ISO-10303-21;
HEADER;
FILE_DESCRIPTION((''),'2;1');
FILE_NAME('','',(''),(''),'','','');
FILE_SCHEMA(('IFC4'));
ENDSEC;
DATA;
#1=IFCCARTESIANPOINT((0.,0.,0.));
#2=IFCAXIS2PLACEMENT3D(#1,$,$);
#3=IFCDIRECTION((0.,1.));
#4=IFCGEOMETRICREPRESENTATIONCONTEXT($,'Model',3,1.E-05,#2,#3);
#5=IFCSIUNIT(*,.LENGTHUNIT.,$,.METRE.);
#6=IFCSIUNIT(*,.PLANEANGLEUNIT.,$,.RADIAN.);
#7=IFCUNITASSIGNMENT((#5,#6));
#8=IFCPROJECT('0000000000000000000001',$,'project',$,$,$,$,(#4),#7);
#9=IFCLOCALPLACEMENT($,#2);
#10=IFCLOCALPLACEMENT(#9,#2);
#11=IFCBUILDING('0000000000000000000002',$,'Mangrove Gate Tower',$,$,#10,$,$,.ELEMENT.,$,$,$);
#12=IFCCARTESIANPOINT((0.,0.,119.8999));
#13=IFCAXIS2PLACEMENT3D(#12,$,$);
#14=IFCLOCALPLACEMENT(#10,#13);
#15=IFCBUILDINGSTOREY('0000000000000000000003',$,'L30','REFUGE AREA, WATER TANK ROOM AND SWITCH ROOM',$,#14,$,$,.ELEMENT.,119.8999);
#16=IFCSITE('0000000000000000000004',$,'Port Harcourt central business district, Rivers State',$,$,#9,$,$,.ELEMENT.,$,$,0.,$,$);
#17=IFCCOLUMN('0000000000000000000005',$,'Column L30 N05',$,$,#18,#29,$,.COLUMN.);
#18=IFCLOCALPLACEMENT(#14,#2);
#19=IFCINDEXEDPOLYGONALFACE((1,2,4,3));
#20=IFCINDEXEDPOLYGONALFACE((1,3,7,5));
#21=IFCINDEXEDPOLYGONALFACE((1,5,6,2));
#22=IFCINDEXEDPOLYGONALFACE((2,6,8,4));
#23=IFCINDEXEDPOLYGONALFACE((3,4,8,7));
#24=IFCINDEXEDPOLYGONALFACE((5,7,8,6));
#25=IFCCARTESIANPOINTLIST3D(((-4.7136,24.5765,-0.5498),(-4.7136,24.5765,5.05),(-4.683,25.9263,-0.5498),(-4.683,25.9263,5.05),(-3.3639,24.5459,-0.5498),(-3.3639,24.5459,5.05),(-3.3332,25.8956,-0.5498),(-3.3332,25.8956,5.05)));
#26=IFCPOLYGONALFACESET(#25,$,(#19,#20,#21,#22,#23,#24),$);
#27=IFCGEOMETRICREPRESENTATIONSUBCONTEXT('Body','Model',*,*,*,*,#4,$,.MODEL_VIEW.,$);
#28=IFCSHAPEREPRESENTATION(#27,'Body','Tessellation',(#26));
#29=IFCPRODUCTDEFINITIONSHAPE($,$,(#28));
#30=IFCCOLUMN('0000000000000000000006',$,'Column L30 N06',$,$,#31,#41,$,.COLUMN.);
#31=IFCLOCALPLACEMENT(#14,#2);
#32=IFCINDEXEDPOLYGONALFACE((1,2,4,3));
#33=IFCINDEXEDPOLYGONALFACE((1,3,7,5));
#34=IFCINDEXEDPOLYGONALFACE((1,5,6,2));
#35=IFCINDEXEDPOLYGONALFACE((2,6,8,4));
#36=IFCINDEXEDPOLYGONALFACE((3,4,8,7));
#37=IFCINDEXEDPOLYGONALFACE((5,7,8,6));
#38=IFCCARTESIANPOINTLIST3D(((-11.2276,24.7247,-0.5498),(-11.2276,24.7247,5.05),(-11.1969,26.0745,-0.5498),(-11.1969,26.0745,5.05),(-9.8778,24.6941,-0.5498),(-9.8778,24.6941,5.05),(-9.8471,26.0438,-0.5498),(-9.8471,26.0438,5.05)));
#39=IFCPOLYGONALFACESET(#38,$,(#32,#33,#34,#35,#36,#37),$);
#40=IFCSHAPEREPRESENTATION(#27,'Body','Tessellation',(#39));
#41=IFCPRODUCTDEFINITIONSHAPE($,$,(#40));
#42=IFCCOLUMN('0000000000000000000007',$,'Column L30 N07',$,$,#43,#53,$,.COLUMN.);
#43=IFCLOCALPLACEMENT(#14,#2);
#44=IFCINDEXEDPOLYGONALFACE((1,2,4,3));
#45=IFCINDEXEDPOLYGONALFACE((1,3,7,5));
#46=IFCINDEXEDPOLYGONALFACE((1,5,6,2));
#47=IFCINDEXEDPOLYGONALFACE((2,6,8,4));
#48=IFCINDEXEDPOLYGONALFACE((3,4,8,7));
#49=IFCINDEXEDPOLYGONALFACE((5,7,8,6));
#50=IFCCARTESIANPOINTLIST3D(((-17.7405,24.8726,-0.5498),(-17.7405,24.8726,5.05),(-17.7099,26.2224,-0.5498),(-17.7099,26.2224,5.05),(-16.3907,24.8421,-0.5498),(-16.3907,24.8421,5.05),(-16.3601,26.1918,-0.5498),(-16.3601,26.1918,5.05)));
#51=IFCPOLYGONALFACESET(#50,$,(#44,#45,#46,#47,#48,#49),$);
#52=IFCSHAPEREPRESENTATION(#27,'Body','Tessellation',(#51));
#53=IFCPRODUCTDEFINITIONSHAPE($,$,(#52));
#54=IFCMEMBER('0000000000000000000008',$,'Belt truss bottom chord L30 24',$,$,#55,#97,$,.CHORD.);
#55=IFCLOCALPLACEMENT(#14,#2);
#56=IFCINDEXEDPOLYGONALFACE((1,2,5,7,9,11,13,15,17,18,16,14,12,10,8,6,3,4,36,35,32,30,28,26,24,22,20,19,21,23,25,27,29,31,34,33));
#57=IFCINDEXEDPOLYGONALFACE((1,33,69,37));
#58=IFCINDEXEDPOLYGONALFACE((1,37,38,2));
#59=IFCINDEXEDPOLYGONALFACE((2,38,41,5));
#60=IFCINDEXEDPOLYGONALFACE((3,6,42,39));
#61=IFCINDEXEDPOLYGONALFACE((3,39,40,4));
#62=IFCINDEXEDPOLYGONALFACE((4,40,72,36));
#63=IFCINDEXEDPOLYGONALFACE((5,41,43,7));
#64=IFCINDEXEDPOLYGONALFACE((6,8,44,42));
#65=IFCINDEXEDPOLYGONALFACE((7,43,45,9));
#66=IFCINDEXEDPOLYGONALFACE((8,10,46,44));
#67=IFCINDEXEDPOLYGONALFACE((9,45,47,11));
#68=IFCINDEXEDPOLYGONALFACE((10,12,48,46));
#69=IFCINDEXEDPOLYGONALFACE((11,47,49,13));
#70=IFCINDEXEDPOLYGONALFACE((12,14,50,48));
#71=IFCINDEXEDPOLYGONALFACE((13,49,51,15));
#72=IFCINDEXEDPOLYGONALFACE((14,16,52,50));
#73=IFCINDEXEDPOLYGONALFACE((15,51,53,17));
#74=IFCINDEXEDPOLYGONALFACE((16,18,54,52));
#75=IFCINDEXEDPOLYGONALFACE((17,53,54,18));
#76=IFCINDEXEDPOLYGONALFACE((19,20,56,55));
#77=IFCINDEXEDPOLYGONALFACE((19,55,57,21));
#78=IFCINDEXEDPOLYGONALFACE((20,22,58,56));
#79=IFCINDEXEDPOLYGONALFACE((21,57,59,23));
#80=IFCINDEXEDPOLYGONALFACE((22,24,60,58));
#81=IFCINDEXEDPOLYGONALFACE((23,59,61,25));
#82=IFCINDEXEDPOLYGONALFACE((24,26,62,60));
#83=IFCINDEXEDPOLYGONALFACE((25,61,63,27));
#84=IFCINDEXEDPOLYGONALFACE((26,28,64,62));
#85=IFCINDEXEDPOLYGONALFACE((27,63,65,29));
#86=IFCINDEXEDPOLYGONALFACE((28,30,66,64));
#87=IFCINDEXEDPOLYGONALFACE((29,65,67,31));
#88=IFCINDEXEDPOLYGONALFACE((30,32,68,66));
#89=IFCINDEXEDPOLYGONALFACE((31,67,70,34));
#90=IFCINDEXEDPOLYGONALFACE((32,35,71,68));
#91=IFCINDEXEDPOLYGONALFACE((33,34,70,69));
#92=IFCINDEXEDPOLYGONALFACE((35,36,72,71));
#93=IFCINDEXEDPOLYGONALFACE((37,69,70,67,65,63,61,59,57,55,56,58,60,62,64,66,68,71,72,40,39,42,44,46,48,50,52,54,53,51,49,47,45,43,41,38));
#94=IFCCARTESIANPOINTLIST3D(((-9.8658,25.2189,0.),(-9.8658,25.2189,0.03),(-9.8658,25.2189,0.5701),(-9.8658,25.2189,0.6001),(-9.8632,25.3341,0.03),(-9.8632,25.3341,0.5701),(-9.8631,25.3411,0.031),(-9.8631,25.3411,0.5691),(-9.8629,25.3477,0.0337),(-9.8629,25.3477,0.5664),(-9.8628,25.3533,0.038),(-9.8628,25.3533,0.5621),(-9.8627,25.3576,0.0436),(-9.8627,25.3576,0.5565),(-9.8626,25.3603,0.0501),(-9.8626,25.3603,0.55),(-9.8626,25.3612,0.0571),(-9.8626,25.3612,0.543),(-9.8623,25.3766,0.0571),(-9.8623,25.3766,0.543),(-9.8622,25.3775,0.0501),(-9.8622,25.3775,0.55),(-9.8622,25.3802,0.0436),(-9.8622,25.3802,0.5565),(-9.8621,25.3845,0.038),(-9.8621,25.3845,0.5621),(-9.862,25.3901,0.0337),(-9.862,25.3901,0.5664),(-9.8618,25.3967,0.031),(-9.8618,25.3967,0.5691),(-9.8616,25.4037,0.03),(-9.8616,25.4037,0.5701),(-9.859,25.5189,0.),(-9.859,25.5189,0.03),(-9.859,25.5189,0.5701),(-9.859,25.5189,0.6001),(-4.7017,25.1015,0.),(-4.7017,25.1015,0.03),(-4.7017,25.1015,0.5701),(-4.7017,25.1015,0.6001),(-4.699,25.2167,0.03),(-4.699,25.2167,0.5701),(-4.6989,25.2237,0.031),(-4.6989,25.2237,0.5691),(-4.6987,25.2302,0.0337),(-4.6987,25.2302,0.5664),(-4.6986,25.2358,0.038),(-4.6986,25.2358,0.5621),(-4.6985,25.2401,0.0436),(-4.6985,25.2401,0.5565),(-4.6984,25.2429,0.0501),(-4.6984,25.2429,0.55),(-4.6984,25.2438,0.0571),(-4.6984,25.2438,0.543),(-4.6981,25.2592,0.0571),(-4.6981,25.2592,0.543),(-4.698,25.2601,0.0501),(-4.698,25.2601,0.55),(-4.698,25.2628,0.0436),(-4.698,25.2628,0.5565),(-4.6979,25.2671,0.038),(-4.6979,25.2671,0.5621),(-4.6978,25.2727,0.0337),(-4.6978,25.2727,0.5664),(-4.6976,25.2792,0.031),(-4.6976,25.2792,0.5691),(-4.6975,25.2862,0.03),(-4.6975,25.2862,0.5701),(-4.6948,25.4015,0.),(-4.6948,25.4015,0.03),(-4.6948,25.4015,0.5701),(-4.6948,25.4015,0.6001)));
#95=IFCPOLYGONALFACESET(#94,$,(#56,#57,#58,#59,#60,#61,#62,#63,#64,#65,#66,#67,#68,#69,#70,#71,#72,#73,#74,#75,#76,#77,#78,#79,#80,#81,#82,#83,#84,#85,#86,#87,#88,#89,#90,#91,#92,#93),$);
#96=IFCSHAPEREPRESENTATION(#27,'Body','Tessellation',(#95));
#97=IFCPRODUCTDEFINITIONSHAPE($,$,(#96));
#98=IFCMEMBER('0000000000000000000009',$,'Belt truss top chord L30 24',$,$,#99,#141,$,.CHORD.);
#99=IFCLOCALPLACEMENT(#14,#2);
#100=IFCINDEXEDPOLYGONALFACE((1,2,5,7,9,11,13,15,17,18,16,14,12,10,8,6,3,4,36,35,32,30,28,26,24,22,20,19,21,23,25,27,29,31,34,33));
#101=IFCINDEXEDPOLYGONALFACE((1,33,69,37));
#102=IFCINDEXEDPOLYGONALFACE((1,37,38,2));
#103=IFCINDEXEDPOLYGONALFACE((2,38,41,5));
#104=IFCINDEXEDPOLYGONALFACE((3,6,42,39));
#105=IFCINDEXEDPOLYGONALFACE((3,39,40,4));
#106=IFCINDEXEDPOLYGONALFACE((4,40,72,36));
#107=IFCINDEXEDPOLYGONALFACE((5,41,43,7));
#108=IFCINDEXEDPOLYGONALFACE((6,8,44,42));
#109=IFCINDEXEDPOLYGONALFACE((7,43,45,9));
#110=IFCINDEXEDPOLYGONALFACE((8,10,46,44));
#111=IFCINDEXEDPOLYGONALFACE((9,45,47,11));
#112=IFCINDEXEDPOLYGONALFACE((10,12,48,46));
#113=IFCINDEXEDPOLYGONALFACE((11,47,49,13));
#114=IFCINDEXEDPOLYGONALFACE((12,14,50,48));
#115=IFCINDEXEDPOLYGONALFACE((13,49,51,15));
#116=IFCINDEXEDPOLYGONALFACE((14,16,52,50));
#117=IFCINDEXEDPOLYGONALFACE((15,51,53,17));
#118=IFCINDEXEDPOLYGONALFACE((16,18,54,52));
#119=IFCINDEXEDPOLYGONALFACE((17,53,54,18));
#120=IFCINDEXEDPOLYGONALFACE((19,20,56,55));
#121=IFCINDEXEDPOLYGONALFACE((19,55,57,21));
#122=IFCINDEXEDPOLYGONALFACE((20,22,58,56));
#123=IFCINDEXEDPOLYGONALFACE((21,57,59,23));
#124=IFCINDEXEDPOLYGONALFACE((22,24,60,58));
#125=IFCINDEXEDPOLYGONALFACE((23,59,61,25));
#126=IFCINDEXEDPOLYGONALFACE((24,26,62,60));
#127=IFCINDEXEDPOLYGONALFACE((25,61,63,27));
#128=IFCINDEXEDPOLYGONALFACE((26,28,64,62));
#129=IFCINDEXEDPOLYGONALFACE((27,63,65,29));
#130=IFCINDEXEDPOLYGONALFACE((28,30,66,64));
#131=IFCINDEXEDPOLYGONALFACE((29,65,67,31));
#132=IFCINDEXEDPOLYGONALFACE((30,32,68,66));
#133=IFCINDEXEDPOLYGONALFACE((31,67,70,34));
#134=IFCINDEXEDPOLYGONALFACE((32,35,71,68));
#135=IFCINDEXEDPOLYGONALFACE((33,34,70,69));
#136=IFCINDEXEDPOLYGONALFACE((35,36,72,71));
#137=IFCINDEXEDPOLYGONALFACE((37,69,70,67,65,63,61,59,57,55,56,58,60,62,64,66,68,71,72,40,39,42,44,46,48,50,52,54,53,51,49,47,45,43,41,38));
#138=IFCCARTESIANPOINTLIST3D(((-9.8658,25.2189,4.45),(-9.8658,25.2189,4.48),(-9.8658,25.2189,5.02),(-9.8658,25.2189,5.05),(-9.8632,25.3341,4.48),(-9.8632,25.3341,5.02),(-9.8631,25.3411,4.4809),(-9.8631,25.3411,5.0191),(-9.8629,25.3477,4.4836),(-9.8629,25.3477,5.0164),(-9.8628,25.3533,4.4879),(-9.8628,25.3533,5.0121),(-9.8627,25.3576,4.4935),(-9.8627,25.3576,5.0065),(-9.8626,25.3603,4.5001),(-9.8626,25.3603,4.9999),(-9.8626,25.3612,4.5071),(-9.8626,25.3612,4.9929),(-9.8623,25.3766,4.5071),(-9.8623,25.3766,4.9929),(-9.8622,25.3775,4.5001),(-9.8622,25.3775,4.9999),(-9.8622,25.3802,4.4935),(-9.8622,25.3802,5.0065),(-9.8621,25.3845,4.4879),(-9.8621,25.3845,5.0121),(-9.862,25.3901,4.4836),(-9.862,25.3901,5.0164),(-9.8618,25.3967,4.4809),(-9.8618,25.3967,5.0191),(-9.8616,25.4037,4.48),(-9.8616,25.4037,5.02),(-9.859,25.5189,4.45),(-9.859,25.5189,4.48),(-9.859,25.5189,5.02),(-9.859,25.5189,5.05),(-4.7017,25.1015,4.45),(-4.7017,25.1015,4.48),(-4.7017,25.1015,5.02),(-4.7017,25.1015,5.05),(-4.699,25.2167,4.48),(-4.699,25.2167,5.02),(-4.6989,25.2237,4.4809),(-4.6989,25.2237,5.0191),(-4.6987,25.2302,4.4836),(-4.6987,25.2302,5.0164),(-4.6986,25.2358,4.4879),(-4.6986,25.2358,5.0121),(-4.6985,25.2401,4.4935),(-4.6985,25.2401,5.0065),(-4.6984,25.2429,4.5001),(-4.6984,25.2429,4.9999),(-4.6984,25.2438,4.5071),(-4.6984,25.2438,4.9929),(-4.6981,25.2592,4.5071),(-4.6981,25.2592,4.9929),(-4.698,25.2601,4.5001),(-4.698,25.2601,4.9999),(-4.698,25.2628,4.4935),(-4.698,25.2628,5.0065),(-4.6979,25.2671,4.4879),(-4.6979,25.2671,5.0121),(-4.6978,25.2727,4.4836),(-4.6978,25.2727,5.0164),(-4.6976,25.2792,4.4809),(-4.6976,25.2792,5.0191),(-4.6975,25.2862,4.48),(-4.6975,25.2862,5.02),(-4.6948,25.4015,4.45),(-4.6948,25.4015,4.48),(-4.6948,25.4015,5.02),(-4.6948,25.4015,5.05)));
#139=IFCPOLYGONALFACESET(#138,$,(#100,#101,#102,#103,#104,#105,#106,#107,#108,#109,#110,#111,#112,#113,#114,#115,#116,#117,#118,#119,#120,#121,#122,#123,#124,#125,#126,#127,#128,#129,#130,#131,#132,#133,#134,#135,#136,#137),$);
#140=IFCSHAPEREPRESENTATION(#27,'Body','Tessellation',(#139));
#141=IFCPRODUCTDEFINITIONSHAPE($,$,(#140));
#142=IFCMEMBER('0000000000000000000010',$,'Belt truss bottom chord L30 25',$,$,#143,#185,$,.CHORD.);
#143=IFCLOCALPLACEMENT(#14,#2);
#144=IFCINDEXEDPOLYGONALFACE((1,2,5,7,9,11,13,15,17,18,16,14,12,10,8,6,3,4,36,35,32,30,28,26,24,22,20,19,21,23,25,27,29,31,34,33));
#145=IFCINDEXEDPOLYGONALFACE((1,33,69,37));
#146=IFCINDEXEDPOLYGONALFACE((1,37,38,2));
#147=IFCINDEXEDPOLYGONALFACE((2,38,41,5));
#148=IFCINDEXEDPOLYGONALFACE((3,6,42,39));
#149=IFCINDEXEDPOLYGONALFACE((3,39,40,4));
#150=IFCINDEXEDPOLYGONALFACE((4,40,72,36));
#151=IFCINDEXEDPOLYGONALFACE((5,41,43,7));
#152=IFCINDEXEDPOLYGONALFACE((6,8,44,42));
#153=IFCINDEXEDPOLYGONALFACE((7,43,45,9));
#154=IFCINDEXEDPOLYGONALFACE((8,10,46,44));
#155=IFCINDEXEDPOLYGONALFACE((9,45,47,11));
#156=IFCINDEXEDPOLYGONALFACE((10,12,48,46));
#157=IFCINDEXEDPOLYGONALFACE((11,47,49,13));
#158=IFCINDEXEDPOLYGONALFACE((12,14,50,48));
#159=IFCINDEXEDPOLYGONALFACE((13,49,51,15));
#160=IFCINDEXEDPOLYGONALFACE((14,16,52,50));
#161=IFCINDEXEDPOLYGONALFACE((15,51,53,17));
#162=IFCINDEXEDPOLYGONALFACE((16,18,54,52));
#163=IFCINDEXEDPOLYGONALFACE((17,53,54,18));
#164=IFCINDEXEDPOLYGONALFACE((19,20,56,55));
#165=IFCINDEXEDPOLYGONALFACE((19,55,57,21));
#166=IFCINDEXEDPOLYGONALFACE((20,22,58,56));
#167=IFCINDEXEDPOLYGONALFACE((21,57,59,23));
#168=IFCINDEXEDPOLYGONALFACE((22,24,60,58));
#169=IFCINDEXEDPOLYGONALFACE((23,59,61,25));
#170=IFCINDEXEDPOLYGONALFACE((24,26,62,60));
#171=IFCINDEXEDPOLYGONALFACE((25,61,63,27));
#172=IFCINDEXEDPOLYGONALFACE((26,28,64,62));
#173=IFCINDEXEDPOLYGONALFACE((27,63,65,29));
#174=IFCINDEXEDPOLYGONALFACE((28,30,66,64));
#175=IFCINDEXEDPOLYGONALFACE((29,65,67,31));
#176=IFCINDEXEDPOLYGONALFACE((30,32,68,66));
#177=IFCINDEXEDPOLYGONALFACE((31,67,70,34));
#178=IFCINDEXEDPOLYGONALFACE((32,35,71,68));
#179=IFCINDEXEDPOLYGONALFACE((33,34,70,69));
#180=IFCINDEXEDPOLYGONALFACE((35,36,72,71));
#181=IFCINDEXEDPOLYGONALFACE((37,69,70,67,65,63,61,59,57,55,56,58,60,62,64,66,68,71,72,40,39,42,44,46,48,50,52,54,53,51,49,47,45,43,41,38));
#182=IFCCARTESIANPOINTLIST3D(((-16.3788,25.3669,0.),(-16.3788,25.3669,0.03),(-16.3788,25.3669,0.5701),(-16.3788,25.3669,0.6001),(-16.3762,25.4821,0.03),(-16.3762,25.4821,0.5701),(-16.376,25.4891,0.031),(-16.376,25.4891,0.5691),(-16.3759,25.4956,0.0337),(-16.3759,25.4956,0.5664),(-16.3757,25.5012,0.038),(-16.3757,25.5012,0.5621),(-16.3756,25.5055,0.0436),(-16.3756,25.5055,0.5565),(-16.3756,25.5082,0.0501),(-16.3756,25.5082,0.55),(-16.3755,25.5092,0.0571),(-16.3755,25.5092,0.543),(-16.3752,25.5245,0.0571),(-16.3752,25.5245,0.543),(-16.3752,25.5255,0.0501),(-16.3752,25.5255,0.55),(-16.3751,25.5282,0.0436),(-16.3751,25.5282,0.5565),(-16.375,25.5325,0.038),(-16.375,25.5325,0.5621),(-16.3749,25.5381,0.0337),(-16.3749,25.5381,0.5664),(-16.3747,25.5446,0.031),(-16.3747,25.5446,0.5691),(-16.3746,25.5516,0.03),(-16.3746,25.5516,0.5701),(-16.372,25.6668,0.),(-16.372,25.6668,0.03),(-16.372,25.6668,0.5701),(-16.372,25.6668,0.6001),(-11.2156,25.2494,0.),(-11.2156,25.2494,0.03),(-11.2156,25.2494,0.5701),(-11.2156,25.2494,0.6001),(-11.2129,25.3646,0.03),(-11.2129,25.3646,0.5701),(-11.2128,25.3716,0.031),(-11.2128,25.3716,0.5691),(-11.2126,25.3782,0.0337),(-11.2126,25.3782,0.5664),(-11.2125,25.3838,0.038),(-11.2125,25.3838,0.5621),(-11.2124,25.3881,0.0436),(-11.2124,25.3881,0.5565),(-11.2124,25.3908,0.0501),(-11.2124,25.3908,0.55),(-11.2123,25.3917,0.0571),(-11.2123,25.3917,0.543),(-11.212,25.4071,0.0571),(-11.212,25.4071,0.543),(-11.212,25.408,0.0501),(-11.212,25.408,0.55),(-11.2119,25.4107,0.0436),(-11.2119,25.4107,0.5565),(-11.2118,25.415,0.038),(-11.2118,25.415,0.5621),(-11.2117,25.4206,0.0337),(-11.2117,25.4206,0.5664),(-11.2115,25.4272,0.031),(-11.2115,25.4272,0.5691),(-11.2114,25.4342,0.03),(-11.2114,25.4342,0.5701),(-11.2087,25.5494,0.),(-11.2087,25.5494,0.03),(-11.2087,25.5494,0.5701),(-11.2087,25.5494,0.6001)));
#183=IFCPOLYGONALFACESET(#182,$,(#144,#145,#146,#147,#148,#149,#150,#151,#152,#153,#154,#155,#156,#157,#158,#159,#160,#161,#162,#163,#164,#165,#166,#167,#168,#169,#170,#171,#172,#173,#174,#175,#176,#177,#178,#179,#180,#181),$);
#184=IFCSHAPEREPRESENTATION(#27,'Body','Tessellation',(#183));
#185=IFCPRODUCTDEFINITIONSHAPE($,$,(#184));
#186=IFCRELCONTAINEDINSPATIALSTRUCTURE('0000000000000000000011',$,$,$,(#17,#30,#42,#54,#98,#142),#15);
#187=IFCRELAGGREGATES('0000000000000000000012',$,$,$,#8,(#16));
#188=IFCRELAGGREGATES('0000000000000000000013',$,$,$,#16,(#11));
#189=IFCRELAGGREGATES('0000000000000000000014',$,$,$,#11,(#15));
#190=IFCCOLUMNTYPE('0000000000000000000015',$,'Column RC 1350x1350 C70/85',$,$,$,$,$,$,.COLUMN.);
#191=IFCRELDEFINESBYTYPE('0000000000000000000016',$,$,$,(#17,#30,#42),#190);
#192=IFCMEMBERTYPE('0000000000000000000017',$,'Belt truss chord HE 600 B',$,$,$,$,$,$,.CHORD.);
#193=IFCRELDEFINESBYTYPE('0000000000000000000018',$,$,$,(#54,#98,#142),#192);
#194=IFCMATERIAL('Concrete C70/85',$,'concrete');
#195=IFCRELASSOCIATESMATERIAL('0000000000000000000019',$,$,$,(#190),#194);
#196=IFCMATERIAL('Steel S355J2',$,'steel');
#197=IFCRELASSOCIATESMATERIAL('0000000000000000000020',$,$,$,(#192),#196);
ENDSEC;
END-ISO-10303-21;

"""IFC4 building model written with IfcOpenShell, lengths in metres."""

from ifc_helpers import new_model, si_unit, direction, frame, origin, origin_2d, place, context, subcontext, project, spatial, rectangle, i_section, extrude, material, material_profile, profile_set, type_object, element, save


model = new_model("IFC4")

# Units and contexts
model_context = context("Model", 3, precision=1e-05, world=origin(), true_north=direction((0.0, 1.0)))
body_context = subcontext(model_context, "Body", "Model", "MODEL_VIEW")
ifc_project = project(units=[si_unit("LENGTHUNIT", "METRE"), si_unit("PLANEANGLEUNIT", "RADIAN")], contexts=[model_context])

# Site, building, storey
site_placement = place(None, origin())
site = spatial("IfcSite", under=ifc_project, at=site_placement, Name="Port Harcourt central business district, Rivers State", CompositionType="ELEMENT", RefElevation=0.0)
building_placement = place(site_placement, origin())
building = spatial("IfcBuilding", under=site, at=building_placement, Name="Mangrove Gate Tower", CompositionType="ELEMENT")
storey_placement = place(building_placement, frame((0.0, 0.0, 119.8999)))
storey = spatial("IfcBuildingStorey", under=building, at=storey_placement, Name="L30", Description="REFUGE AREA, WATER TANK ROOM AND SWITCH ROOM", CompositionType="ELEMENT", Elevation=119.8999)

# Columns
ifc_material_1 = material(Name="Concrete C70/85", Category="concrete")
ifc_material_profile_1 = material_profile(ifc_material_1, rectangle(XDim=1.3501, YDim=1.3501, at=origin_2d()))
ifc_profile_set_1 = profile_set([ifc_material_profile_1], Name="Concrete C70/85")
column_type = type_object("IfcColumnType", Name="Column RC 1350x1350 C70/85", PredefinedType="COLUMN", material=ifc_profile_set_1)
for number, where, z_axis, x_axis, name in (
    (1, (-4.0234, 25.2361, -0.5498), (0.0, 0.0, 1.0), (-0.999742, 0.022714, 0.0), "Column L30 N05"),
    (2, (-10.5374, 25.3843, -0.5498), (0.0, 0.0, 1.0), (-0.999742, 0.022716, 0.0), "Column L30 N06"),
    (3, (-17.0503, 25.5322, -0.5498), (0.0, 0.0, 1.0), (-0.999744, 0.022639, 0.0), "Column L30 N07"),
):
    element("IfcColumn", number, at=place(storey_placement, frame(where, z_axis=z_axis, x_axis=x_axis)), inside=storey, type_object=column_type, Name=name, PredefinedType="COLUMN", context=body_context, shape_type="SweptSolid", body=[
        extrude(rectangle(XDim=1.3501, YDim=1.3501, at=origin_2d()), origin(), (0.0, 0.0, 1.0), 5.5999),
    ])

# Members
ifc_material_2 = material(Name="Steel S355J2", Category="steel")
ifc_material_profile_2 = material_profile(ifc_material_2, i_section(OverallWidth=0.3, OverallDepth=0.6001, WebThickness=0.0154, FlangeThickness=0.03, FilletRadius=0.0271, at=origin_2d()))
ifc_profile_set_2 = profile_set([ifc_material_profile_2], Name="Steel S355J2")
member_type_1 = type_object("IfcMemberType", Name="Belt truss chord HE 600 B", PredefinedType="CHORD", material=ifc_profile_set_2)
for number, where, z_axis, x_axis, name in (
    (4, (-4.6982, 25.2515, 0.3), (-0.999742, 0.022733, 0.0), (-0.022733, -0.999742, 0.0), "Belt truss bottom chord L30 24"),
    (5, (-4.6982, 25.2515, 4.75), (-0.999742, 0.022733, 0.0), (-0.022733, -0.999742, 0.0), "Belt truss top chord L30 24"),
):
    element("IfcMember", number, at=place(storey_placement, frame(where, z_axis=z_axis, x_axis=x_axis)), inside=storey, type_object=member_type_1, Name=name, PredefinedType="CHORD", context=body_context, shape_type="SweptSolid", body=[
        extrude(i_section(OverallWidth=0.3, OverallDepth=0.6001, WebThickness=0.0154, FlangeThickness=0.03, FilletRadius=0.0271, at=origin_2d()), origin(), (0.0, 0.0, 1.0), 5.1655),
    ])
for number, where, z_axis, x_axis, name in (
    (6, (-11.2122, 25.3994, 0.3), (-0.999741, 0.022738, 0.0), (-0.022738, -0.999741, 0.0), "Belt truss bottom chord L30 25"),
):
    element("IfcMember", number, at=place(storey_placement, frame(where, z_axis=z_axis, x_axis=x_axis)), inside=storey, type_object=member_type_1, Name=name, PredefinedType="CHORD", context=body_context, shape_type="SweptSolid", body=[
        extrude(i_section(OverallWidth=0.3, OverallDepth=0.6001, WebThickness=0.0154, FlangeThickness=0.03, FilletRadius=0.0271, at=origin_2d()), origin(), (0.0, 0.0, 1.0), 5.1646),
    ])

save(model, "model.ifc")
